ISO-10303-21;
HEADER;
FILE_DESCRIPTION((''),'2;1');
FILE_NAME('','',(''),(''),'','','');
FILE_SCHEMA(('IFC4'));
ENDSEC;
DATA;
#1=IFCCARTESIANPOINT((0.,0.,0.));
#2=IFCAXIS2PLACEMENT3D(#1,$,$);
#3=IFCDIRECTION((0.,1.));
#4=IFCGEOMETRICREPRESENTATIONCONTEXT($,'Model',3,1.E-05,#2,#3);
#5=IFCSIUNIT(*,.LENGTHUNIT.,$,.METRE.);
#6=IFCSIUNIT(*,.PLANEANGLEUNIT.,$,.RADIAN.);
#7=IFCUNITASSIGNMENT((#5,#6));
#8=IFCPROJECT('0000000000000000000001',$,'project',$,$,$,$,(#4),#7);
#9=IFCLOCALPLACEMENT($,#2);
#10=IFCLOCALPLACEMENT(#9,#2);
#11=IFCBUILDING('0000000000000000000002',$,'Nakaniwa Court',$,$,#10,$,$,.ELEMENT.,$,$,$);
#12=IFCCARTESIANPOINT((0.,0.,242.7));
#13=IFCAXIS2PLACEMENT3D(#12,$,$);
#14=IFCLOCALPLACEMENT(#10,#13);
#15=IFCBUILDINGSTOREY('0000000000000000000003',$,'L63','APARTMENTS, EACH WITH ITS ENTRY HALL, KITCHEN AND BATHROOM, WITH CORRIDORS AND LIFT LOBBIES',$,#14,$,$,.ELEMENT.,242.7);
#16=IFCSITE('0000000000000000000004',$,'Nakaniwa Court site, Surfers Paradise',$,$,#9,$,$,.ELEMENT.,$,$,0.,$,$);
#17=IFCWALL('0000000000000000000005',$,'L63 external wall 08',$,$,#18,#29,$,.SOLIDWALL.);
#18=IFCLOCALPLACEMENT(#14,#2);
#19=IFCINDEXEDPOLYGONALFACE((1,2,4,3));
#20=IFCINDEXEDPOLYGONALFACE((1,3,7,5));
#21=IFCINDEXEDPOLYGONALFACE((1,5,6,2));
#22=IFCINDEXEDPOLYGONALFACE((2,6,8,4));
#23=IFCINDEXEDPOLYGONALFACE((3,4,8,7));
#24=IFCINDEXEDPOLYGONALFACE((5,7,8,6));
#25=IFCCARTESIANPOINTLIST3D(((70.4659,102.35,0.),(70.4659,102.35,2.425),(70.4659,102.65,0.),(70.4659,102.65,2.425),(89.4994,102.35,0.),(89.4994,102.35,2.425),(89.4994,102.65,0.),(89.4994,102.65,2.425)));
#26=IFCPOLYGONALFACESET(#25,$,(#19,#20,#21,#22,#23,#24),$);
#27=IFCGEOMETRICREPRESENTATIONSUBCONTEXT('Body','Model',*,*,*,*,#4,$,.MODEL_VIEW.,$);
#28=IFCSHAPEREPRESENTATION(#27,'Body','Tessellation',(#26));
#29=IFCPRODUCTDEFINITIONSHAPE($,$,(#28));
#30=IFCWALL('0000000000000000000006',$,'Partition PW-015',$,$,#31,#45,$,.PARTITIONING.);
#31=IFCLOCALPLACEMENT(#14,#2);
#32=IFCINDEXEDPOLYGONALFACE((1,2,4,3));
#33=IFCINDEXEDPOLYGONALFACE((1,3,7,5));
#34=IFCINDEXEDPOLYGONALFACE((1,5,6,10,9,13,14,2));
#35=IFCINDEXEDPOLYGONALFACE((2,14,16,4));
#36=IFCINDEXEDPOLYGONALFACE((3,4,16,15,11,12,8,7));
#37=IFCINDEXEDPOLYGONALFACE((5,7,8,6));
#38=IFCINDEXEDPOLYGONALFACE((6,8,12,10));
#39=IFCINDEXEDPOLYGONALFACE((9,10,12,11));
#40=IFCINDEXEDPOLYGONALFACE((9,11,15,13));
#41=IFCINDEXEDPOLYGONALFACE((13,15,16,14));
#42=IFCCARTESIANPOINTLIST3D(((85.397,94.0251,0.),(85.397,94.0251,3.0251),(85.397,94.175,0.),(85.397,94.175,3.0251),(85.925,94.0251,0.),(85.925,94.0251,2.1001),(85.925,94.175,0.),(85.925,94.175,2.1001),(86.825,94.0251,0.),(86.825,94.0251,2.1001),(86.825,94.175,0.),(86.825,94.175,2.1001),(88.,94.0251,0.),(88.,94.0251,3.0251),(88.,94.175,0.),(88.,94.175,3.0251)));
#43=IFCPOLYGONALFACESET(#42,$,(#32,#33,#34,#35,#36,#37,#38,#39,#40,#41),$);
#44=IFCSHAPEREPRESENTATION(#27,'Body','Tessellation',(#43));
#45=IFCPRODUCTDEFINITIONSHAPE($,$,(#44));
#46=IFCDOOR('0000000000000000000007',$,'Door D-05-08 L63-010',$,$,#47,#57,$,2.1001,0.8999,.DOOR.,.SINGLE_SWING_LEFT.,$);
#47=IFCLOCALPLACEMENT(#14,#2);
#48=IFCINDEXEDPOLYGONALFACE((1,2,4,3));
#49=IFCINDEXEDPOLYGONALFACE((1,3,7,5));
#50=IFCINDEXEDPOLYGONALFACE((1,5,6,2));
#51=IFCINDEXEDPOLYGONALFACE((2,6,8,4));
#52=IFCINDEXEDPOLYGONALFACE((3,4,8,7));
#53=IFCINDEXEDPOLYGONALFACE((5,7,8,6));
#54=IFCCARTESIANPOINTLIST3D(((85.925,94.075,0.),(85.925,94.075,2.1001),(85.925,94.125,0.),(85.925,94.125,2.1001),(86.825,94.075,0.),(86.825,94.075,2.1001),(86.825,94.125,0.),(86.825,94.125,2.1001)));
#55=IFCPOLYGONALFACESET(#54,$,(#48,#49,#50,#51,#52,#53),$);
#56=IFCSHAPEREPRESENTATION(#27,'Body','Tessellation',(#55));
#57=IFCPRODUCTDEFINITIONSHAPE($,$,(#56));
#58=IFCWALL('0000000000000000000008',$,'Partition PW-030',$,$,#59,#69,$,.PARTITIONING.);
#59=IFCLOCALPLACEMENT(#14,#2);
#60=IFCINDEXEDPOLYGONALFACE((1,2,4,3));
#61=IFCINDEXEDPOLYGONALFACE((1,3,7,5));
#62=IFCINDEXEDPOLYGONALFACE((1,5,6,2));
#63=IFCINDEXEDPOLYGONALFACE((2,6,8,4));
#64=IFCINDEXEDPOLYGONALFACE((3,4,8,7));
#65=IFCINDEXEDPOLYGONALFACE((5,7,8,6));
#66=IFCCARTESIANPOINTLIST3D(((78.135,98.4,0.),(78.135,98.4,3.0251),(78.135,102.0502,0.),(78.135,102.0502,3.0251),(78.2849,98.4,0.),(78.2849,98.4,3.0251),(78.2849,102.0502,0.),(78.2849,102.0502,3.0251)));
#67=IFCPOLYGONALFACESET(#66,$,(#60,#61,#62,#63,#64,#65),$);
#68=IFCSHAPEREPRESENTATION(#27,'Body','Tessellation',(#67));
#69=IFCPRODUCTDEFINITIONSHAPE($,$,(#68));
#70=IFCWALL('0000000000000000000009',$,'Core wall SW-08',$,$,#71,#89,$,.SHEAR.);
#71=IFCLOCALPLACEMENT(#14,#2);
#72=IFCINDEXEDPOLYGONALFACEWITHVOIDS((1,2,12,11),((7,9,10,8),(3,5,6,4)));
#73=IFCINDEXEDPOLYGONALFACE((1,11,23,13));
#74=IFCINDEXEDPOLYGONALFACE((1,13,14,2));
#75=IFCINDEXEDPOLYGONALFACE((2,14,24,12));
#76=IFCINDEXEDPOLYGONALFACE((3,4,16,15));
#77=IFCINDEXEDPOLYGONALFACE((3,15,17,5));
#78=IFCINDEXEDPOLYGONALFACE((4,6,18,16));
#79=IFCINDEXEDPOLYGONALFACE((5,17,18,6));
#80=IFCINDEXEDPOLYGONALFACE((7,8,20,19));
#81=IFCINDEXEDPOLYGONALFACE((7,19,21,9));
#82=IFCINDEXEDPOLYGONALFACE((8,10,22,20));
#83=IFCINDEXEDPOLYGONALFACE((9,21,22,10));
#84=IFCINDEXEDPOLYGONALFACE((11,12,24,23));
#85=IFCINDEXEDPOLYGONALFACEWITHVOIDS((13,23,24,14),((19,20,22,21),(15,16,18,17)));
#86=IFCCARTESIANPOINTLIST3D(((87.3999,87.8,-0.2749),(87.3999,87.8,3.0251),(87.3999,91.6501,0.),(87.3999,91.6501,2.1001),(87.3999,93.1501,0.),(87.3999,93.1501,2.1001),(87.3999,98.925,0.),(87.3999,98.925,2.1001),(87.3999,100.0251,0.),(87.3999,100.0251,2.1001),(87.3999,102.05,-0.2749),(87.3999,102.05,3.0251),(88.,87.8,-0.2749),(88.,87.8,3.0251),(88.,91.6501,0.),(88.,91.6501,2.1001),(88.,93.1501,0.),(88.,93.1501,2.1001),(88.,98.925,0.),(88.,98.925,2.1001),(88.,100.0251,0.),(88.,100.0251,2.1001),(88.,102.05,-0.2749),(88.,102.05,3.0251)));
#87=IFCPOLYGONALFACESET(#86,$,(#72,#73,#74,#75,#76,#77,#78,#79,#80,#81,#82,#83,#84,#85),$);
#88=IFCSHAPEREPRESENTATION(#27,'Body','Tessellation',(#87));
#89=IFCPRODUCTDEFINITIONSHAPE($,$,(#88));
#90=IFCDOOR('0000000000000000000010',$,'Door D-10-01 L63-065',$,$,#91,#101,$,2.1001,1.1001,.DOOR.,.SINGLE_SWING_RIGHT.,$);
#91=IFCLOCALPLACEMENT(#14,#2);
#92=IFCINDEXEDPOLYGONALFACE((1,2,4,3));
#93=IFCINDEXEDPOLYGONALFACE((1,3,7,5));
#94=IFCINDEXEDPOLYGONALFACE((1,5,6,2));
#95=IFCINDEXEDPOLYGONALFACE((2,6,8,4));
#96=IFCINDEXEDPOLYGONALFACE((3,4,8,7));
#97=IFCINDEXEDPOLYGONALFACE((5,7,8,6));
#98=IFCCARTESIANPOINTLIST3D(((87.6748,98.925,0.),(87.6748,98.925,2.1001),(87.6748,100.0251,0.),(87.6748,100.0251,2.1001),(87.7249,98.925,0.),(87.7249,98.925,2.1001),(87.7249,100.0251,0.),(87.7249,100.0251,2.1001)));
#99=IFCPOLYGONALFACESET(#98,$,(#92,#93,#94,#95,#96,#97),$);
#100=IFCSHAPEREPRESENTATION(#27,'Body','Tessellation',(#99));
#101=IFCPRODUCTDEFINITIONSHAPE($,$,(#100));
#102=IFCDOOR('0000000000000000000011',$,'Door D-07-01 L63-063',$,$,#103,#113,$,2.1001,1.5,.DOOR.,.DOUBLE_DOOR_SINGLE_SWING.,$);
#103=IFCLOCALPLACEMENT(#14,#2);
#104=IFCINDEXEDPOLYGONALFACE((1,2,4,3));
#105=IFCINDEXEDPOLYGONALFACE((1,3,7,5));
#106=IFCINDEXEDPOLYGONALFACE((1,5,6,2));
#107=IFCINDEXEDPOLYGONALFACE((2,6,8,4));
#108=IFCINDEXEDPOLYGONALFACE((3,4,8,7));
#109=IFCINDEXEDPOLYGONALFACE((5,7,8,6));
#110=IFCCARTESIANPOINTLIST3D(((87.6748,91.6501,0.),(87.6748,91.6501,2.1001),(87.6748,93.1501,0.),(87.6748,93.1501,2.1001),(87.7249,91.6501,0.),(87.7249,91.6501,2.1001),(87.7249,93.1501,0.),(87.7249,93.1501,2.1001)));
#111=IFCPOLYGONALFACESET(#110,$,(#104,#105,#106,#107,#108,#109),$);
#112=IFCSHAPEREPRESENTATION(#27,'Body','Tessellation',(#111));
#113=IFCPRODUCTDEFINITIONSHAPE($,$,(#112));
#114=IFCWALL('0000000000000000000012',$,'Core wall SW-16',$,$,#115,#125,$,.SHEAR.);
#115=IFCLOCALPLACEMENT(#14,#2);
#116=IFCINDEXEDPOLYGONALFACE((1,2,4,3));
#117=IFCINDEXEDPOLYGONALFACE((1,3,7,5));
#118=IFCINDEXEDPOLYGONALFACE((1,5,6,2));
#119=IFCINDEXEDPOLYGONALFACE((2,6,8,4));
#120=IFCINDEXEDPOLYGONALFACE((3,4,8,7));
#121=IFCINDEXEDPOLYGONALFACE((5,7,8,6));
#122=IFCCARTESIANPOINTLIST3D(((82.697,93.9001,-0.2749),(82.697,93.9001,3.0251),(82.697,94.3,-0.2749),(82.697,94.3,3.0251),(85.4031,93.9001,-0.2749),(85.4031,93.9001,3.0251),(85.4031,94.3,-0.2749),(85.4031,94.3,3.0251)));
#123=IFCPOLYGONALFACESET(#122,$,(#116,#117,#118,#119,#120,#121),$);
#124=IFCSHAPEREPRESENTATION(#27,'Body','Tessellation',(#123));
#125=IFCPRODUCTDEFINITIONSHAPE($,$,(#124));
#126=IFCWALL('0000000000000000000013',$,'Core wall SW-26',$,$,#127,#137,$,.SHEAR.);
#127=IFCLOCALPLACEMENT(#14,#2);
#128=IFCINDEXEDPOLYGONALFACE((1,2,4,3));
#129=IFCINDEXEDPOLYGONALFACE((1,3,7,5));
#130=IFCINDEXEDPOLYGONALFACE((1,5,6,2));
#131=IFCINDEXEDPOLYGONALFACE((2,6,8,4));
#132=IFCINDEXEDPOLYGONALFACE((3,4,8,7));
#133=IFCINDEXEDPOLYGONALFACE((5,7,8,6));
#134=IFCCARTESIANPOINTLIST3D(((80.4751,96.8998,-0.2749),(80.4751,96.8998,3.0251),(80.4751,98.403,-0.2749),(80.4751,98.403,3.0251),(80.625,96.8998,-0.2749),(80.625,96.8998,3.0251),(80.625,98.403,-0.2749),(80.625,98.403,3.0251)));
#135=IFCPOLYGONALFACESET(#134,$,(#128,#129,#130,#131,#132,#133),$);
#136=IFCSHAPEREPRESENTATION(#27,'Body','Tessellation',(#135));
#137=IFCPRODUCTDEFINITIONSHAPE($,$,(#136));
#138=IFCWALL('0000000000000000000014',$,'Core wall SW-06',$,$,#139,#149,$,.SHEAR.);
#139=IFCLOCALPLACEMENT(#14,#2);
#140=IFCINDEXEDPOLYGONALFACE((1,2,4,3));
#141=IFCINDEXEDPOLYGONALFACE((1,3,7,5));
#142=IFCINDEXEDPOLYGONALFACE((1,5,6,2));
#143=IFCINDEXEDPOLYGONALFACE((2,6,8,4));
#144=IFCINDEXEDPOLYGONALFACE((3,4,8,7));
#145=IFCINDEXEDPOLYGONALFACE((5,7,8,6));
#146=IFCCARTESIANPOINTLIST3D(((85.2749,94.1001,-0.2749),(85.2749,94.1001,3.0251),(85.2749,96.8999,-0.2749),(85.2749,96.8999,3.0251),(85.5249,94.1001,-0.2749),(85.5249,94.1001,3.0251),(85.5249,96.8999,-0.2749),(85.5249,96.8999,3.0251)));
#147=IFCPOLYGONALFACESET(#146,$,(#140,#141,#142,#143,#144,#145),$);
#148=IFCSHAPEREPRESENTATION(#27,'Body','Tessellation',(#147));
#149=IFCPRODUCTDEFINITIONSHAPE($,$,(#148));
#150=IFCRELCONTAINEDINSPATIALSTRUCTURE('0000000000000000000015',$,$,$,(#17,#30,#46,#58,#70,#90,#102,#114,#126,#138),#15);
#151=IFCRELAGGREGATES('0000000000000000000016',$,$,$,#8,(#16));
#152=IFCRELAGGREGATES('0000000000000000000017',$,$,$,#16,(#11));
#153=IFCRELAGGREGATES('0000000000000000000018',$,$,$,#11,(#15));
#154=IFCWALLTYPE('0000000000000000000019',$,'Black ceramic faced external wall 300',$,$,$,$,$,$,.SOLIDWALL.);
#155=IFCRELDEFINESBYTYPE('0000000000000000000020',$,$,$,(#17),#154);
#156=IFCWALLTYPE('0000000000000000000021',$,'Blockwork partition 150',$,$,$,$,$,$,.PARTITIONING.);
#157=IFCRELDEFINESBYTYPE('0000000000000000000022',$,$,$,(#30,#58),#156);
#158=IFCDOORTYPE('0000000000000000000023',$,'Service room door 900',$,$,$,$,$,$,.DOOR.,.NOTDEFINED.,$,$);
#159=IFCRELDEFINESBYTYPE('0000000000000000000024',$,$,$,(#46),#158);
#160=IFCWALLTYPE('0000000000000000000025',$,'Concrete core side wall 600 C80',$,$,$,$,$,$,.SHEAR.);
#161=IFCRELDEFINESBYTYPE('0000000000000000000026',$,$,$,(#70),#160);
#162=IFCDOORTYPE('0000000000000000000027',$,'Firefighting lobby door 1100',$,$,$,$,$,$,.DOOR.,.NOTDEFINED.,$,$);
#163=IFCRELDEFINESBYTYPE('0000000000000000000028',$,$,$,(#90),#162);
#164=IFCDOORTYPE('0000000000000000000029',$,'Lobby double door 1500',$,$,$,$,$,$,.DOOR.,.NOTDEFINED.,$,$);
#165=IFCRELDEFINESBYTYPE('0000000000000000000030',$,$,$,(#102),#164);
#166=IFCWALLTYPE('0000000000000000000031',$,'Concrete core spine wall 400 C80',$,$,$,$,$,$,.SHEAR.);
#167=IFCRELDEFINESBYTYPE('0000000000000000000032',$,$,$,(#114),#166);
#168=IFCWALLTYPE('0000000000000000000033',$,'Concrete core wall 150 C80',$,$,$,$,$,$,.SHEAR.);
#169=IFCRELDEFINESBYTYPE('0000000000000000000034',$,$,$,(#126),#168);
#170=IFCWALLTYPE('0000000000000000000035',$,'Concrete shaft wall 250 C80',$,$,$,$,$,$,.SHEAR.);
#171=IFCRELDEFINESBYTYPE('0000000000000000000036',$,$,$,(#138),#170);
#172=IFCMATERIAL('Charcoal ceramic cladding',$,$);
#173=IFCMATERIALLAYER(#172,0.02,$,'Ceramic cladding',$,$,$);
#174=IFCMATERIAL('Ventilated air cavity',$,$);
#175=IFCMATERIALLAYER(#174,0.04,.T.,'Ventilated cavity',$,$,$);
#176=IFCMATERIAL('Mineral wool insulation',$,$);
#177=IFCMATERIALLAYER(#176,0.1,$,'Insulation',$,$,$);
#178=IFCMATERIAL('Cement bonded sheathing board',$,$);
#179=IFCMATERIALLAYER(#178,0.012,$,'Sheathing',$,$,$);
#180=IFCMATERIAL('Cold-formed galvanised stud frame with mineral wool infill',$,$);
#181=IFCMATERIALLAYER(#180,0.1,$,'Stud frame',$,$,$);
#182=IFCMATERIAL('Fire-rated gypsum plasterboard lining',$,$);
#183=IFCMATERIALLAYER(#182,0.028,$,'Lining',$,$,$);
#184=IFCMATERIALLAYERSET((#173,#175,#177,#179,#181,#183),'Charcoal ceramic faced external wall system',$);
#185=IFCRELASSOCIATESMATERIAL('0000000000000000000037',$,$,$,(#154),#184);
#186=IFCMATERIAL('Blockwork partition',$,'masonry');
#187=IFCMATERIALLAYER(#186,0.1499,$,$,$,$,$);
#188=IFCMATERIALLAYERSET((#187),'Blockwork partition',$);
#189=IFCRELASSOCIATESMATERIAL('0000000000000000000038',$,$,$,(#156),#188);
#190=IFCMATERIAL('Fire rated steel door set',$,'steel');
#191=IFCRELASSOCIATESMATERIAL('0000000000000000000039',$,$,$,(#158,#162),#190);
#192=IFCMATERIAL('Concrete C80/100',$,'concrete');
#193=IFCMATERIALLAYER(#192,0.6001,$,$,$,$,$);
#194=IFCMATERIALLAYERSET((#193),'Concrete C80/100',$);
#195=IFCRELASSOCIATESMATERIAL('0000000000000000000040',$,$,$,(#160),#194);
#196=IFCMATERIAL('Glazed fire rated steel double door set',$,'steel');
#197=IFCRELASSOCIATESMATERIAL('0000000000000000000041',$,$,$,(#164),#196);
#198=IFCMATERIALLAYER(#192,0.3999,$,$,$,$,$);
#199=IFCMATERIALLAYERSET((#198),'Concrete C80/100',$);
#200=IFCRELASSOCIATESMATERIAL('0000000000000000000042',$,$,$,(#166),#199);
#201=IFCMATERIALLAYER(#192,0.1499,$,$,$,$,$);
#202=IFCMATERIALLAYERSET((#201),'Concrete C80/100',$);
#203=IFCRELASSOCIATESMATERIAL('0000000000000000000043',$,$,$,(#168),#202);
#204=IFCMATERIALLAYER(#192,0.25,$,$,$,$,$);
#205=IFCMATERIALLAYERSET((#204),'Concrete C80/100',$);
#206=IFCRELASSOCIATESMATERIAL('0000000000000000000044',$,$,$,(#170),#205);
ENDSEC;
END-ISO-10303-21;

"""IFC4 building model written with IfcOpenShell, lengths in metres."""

from ifc_helpers import new_model, si_unit, direction, frame, frame_2d, origin, place, context, subcontext, project, spatial, rectangle, extrude, material, layer, layer_set, type_object, element, fill, save


model = new_model("IFC4")

# Units and contexts
model_context = context("Model", 3, precision=1e-05, world=origin(), true_north=direction((0.0, 1.0)))
body_context = subcontext(model_context, "Body", "Model", "MODEL_VIEW")
ifc_project = project(units=[si_unit("LENGTHUNIT", "METRE"), si_unit("PLANEANGLEUNIT", "RADIAN")], contexts=[model_context])

# Site, building, storey
site_placement = place(None, origin())
site = spatial("IfcSite", under=ifc_project, at=site_placement, Name="Nakaniwa Court site, Surfers Paradise", CompositionType="ELEMENT", RefElevation=0.0)
building_placement = place(site_placement, origin())
building = spatial("IfcBuilding", under=site, at=building_placement, Name="Nakaniwa Court", CompositionType="ELEMENT")
storey_placement = place(building_placement, frame((0.0, 0.0, 242.7)))
storey = spatial("IfcBuildingStorey", under=building, at=storey_placement, Name="L63", Description="APARTMENTS, EACH WITH ITS ENTRY HALL, KITCHEN AND BATHROOM, WITH CORRIDORS AND LIFT LOBBIES", CompositionType="ELEMENT", Elevation=242.7)

# Wall
ifc_material_1 = material(Name="Charcoal ceramic cladding")
ifc_layer_1 = layer(ifc_material_1, 0.02, Name="Ceramic cladding")
ifc_material_2 = material(Name="Ventilated air cavity")
ifc_layer_2 = layer(ifc_material_2, 0.04, ventilated=True, Name="Ventilated cavity")
ifc_material_3 = material(Name="Mineral wool insulation")
ifc_layer_3 = layer(ifc_material_3, 0.1, Name="Insulation")
ifc_material_4 = material(Name="Cement bonded sheathing board")
ifc_layer_4 = layer(ifc_material_4, 0.012, Name="Sheathing")
ifc_material_5 = material(Name="Cold-formed galvanised stud frame with mineral wool infill")
ifc_layer_5 = layer(ifc_material_5, 0.1, Name="Stud frame")
ifc_material_6 = material(Name="Fire-rated gypsum plasterboard lining")
ifc_layer_6 = layer(ifc_material_6, 0.028, Name="Lining")
ifc_layer_set_1 = layer_set([ifc_layer_1, ifc_layer_2, ifc_layer_3, ifc_layer_4, ifc_layer_5, ifc_layer_6], Name="Charcoal ceramic faced external wall system")
wall_type_1 = type_object("IfcWallType", Name="Black ceramic faced external wall 300", PredefinedType="SOLIDWALL", material=ifc_layer_set_1)
wall_1_placement = place(storey_placement, frame((89.4993, 102.5, 0.0), z_axis=(0.0, 0.0, 1.0), x_axis=(-1.0, 0.0, 0.0)))
element("IfcWall", 1, at=wall_1_placement, inside=storey, type_object=wall_type_1, Name="L63 external wall 08", PredefinedType="SOLIDWALL", context=body_context, shape_type="SweptSolid", body=[
    extrude(rectangle(XDim=19.0334, YDim=0.3, at=frame_2d((9.5166, 0.0))), origin(), (0.0, 0.0, 1.0), 2.425),
])

# Wall, opening, door
ifc_material_7 = material(Name="Blockwork partition", Category="masonry")
ifc_layer_7 = layer(ifc_material_7, 0.1499)
ifc_layer_set_2 = layer_set([ifc_layer_7], Name="Blockwork partition")
wall_type_2 = type_object("IfcWallType", Name="Blockwork partition 150", PredefinedType="PARTITIONING", material=ifc_layer_set_2)
wall_2_placement = place(storey_placement, frame((85.397, 94.1001, 0.0), z_axis=(0.0, 0.0, 1.0), x_axis=(1.0, 0.0, 0.0)))
wall_2 = element("IfcWall", 2, at=wall_2_placement, inside=storey, type_object=wall_type_2, Name="Partition PW-015", PredefinedType="PARTITIONING", context=body_context, shape_type="SweptSolid", body=[
    extrude(rectangle(XDim=2.603, YDim=0.1499, at=frame_2d((1.3015, 0.0))), origin(), (0.0, 0.0, 1.0), 3.0251),
])
opening_1_placement = place(wall_2_placement, frame((0.5281, 0.0, 0.0)))
opening_1 = element("IfcOpeningElement", 3, at=opening_1_placement, cuts=wall_2, PredefinedType="OPENING", context=body_context, shape_type="SweptSolid", body=[
    extrude(rectangle(XDim=0.8999, YDim=2.1001, at=frame_2d((0.45, 1.05))), frame((0.0, 0.085, 0.0), z_axis=(0.0, -1.0, 0.0), x_axis=(1.0, 0.0, 0.0)), (0.0, 0.0, 1.0), 0.1699),
])
ifc_material_8 = material(Name="Fire rated steel door set", Category="steel")
door_type_1 = type_object("IfcDoorType", Name="Service room door 900", OperationType="NOTDEFINED", PredefinedType="DOOR", material=ifc_material_8)
door_1_placement = place(opening_1_placement, origin())
door_1 = element("IfcDoor", 4, at=door_1_placement, inside=storey, type_object=door_type_1, Name="Door D-05-08 L63-010", OperationType="SINGLE_SWING_LEFT", OverallHeight=2.1001, OverallWidth=0.8999, PredefinedType="DOOR", context=body_context, shape_type="SweptSolid", body=[
    extrude(rectangle(XDim=0.8999, YDim=2.1001, at=frame_2d((0.45, 1.05))), frame((0.0, 0.0249, 0.0), z_axis=(0.0, -1.0, 0.0), x_axis=(1.0, 0.0, 0.0)), (0.0, 0.0, 1.0), 0.05),
])
fill(opening_1, door_1)

# Wall
wall_3_placement = place(storey_placement, frame((78.21, 98.3999, 0.0), z_axis=(0.0, 0.0, 1.0), x_axis=(0.0, 1.0, 0.0)))
element("IfcWall", 5, at=wall_3_placement, inside=storey, type_object=wall_type_2, Name="Partition PW-030", PredefinedType="PARTITIONING", context=body_context, shape_type="SweptSolid", body=[
    extrude(rectangle(XDim=3.6501, YDim=0.1499, at=frame_2d((1.8252, 0.0))), origin(), (0.0, 0.0, 1.0), 3.0251),
])

# Wall, openings, doors
ifc_material_9 = material(Name="Concrete C80/100", Category="concrete")
ifc_layer_8 = layer(ifc_material_9, 0.6001)
ifc_layer_set_3 = layer_set([ifc_layer_8], Name="Concrete C80/100")
wall_type_3 = type_object("IfcWallType", Name="Concrete core side wall 600 C80", PredefinedType="SHEAR", material=ifc_layer_set_3)
wall_4_placement = place(storey_placement, frame((87.7, 102.05, -0.2749), z_axis=(0.0, 0.0, 1.0), x_axis=(0.0, -1.0, 0.0)))
wall_4 = element("IfcWall", 6, at=wall_4_placement, inside=storey, type_object=wall_type_3, Name="Core wall SW-08", PredefinedType="SHEAR", context=body_context, shape_type="SweptSolid", body=[
    extrude(rectangle(XDim=14.25, YDim=0.6001, at=frame_2d((7.125, 0.0))), origin(), (0.0, 0.0, 1.0), 3.3),
])
opening_2_placement = place(wall_4_placement, frame((8.8999, 0.0, 0.2749)))
opening_2 = element("IfcOpeningElement", 7, at=opening_2_placement, cuts=wall_4, PredefinedType="OPENING", context=body_context, shape_type="SweptSolid", body=[
    extrude(rectangle(XDim=1.5, YDim=2.1001, at=frame_2d((0.75, 1.05))), frame((0.0, 0.3101, 0.0), z_axis=(0.0, -1.0, 0.0), x_axis=(1.0, 0.0, 0.0)), (0.0, 0.0, 1.0), 0.6201),
])
opening_3_placement = place(wall_4_placement, frame((2.0249, 0.0, 0.2749)))
opening_3 = element("IfcOpeningElement", 8, at=opening_3_placement, cuts=wall_4, PredefinedType="OPENING", context=body_context, shape_type="SweptSolid", body=[
    extrude(rectangle(XDim=1.1001, YDim=2.1001, at=frame_2d((0.55, 1.05))), frame((0.0, 0.3101, 0.0), z_axis=(0.0, -1.0, 0.0), x_axis=(1.0, 0.0, 0.0)), (0.0, 0.0, 1.0), 0.6201),
])
door_type_2 = type_object("IfcDoorType", Name="Firefighting lobby door 1100", OperationType="NOTDEFINED", PredefinedType="DOOR", material=ifc_material_8)
door_2_placement = place(opening_3_placement, origin())
door_2 = element("IfcDoor", 9, at=door_2_placement, inside=storey, type_object=door_type_2, Name="Door D-10-01 L63-065", OperationType="SINGLE_SWING_RIGHT", OverallHeight=2.1001, OverallWidth=1.1001, PredefinedType="DOOR", context=body_context, shape_type="SweptSolid", body=[
    extrude(rectangle(XDim=1.1001, YDim=2.1001, at=frame_2d((0.55, 1.05))), frame((0.0, 0.0249, 0.0), z_axis=(0.0, -1.0, 0.0), x_axis=(1.0, 0.0, 0.0)), (0.0, 0.0, 1.0), 0.05),
])
fill(opening_3, door_2)
ifc_material_10 = material(Name="Glazed fire rated steel double door set", Category="steel")
door_type_3 = type_object("IfcDoorType", Name="Lobby double door 1500", OperationType="NOTDEFINED", PredefinedType="DOOR", material=ifc_material_10)
door_3_placement = place(opening_2_placement, origin())
door_3 = element("IfcDoor", 10, at=door_3_placement, inside=storey, type_object=door_type_3, Name="Door D-07-01 L63-063", OperationType="DOUBLE_DOOR_SINGLE_SWING", OverallHeight=2.1001, OverallWidth=1.5, PredefinedType="DOOR", context=body_context, shape_type="SweptSolid", body=[
    extrude(rectangle(XDim=1.5, YDim=2.1001, at=frame_2d((0.75, 1.05))), frame((0.0, 0.0249, 0.0), z_axis=(0.0, -1.0, 0.0), x_axis=(1.0, 0.0, 0.0)), (0.0, 0.0, 1.0), 0.05),
])
fill(opening_2, door_3)

# Walls
ifc_layer_9 = layer(ifc_material_9, 0.3999)
ifc_layer_set_4 = layer_set([ifc_layer_9], Name="Concrete C80/100")
wall_type_4 = type_object("IfcWallType", Name="Concrete core spine wall 400 C80", PredefinedType="SHEAR", material=ifc_layer_set_4)
wall_5_placement = place(storey_placement, frame((82.697, 94.1001, -0.2749), z_axis=(0.0, 0.0, 1.0), x_axis=(1.0, 0.0, 0.0)))
element("IfcWall", 11, at=wall_5_placement, inside=storey, type_object=wall_type_4, Name="Core wall SW-16", PredefinedType="SHEAR", context=body_context, shape_type="SweptSolid", body=[
    extrude(rectangle(XDim=2.7061, YDim=0.3999, at=frame_2d((1.353, 0.0))), origin(), (0.0, 0.0, 1.0), 3.3),
])
ifc_layer_10 = layer(ifc_material_9, 0.1499)
ifc_layer_set_5 = layer_set([ifc_layer_10], Name="Concrete C80/100")
wall_type_5 = type_object("IfcWallType", Name="Concrete core wall 150 C80", PredefinedType="SHEAR", material=ifc_layer_set_5)
wall_6_placement = place(storey_placement, frame((80.55, 96.8999, -0.2749), z_axis=(0.0, 0.0, 1.0), x_axis=(0.0, 1.0, 0.0)))
element("IfcWall", 12, at=wall_6_placement, inside=storey, type_object=wall_type_5, Name="Core wall SW-26", PredefinedType="SHEAR", context=body_context, shape_type="SweptSolid", body=[
    extrude(rectangle(XDim=1.5032, YDim=0.1499, at=frame_2d((0.7515, 0.0))), origin(), (0.0, 0.0, 1.0), 3.3),
])
ifc_layer_11 = layer(ifc_material_9, 0.25)
ifc_layer_set_6 = layer_set([ifc_layer_11], Name="Concrete C80/100")
wall_type_6 = type_object("IfcWallType", Name="Concrete shaft wall 250 C80", PredefinedType="SHEAR", material=ifc_layer_set_6)
wall_7_placement = place(storey_placement, frame((85.3999, 94.1001, -0.2749), z_axis=(0.0, 0.0, 1.0), x_axis=(0.0, 1.0, 0.0)))
element("IfcWall", 13, at=wall_7_placement, inside=storey, type_object=wall_type_6, Name="Core wall SW-06", PredefinedType="SHEAR", context=body_context, shape_type="SweptSolid", body=[
    extrude(rectangle(XDim=2.7998, YDim=0.25, at=frame_2d((1.3999, 0.0))), origin(), (0.0, 0.0, 1.0), 3.3),
])

save(model, "model.ifc")
